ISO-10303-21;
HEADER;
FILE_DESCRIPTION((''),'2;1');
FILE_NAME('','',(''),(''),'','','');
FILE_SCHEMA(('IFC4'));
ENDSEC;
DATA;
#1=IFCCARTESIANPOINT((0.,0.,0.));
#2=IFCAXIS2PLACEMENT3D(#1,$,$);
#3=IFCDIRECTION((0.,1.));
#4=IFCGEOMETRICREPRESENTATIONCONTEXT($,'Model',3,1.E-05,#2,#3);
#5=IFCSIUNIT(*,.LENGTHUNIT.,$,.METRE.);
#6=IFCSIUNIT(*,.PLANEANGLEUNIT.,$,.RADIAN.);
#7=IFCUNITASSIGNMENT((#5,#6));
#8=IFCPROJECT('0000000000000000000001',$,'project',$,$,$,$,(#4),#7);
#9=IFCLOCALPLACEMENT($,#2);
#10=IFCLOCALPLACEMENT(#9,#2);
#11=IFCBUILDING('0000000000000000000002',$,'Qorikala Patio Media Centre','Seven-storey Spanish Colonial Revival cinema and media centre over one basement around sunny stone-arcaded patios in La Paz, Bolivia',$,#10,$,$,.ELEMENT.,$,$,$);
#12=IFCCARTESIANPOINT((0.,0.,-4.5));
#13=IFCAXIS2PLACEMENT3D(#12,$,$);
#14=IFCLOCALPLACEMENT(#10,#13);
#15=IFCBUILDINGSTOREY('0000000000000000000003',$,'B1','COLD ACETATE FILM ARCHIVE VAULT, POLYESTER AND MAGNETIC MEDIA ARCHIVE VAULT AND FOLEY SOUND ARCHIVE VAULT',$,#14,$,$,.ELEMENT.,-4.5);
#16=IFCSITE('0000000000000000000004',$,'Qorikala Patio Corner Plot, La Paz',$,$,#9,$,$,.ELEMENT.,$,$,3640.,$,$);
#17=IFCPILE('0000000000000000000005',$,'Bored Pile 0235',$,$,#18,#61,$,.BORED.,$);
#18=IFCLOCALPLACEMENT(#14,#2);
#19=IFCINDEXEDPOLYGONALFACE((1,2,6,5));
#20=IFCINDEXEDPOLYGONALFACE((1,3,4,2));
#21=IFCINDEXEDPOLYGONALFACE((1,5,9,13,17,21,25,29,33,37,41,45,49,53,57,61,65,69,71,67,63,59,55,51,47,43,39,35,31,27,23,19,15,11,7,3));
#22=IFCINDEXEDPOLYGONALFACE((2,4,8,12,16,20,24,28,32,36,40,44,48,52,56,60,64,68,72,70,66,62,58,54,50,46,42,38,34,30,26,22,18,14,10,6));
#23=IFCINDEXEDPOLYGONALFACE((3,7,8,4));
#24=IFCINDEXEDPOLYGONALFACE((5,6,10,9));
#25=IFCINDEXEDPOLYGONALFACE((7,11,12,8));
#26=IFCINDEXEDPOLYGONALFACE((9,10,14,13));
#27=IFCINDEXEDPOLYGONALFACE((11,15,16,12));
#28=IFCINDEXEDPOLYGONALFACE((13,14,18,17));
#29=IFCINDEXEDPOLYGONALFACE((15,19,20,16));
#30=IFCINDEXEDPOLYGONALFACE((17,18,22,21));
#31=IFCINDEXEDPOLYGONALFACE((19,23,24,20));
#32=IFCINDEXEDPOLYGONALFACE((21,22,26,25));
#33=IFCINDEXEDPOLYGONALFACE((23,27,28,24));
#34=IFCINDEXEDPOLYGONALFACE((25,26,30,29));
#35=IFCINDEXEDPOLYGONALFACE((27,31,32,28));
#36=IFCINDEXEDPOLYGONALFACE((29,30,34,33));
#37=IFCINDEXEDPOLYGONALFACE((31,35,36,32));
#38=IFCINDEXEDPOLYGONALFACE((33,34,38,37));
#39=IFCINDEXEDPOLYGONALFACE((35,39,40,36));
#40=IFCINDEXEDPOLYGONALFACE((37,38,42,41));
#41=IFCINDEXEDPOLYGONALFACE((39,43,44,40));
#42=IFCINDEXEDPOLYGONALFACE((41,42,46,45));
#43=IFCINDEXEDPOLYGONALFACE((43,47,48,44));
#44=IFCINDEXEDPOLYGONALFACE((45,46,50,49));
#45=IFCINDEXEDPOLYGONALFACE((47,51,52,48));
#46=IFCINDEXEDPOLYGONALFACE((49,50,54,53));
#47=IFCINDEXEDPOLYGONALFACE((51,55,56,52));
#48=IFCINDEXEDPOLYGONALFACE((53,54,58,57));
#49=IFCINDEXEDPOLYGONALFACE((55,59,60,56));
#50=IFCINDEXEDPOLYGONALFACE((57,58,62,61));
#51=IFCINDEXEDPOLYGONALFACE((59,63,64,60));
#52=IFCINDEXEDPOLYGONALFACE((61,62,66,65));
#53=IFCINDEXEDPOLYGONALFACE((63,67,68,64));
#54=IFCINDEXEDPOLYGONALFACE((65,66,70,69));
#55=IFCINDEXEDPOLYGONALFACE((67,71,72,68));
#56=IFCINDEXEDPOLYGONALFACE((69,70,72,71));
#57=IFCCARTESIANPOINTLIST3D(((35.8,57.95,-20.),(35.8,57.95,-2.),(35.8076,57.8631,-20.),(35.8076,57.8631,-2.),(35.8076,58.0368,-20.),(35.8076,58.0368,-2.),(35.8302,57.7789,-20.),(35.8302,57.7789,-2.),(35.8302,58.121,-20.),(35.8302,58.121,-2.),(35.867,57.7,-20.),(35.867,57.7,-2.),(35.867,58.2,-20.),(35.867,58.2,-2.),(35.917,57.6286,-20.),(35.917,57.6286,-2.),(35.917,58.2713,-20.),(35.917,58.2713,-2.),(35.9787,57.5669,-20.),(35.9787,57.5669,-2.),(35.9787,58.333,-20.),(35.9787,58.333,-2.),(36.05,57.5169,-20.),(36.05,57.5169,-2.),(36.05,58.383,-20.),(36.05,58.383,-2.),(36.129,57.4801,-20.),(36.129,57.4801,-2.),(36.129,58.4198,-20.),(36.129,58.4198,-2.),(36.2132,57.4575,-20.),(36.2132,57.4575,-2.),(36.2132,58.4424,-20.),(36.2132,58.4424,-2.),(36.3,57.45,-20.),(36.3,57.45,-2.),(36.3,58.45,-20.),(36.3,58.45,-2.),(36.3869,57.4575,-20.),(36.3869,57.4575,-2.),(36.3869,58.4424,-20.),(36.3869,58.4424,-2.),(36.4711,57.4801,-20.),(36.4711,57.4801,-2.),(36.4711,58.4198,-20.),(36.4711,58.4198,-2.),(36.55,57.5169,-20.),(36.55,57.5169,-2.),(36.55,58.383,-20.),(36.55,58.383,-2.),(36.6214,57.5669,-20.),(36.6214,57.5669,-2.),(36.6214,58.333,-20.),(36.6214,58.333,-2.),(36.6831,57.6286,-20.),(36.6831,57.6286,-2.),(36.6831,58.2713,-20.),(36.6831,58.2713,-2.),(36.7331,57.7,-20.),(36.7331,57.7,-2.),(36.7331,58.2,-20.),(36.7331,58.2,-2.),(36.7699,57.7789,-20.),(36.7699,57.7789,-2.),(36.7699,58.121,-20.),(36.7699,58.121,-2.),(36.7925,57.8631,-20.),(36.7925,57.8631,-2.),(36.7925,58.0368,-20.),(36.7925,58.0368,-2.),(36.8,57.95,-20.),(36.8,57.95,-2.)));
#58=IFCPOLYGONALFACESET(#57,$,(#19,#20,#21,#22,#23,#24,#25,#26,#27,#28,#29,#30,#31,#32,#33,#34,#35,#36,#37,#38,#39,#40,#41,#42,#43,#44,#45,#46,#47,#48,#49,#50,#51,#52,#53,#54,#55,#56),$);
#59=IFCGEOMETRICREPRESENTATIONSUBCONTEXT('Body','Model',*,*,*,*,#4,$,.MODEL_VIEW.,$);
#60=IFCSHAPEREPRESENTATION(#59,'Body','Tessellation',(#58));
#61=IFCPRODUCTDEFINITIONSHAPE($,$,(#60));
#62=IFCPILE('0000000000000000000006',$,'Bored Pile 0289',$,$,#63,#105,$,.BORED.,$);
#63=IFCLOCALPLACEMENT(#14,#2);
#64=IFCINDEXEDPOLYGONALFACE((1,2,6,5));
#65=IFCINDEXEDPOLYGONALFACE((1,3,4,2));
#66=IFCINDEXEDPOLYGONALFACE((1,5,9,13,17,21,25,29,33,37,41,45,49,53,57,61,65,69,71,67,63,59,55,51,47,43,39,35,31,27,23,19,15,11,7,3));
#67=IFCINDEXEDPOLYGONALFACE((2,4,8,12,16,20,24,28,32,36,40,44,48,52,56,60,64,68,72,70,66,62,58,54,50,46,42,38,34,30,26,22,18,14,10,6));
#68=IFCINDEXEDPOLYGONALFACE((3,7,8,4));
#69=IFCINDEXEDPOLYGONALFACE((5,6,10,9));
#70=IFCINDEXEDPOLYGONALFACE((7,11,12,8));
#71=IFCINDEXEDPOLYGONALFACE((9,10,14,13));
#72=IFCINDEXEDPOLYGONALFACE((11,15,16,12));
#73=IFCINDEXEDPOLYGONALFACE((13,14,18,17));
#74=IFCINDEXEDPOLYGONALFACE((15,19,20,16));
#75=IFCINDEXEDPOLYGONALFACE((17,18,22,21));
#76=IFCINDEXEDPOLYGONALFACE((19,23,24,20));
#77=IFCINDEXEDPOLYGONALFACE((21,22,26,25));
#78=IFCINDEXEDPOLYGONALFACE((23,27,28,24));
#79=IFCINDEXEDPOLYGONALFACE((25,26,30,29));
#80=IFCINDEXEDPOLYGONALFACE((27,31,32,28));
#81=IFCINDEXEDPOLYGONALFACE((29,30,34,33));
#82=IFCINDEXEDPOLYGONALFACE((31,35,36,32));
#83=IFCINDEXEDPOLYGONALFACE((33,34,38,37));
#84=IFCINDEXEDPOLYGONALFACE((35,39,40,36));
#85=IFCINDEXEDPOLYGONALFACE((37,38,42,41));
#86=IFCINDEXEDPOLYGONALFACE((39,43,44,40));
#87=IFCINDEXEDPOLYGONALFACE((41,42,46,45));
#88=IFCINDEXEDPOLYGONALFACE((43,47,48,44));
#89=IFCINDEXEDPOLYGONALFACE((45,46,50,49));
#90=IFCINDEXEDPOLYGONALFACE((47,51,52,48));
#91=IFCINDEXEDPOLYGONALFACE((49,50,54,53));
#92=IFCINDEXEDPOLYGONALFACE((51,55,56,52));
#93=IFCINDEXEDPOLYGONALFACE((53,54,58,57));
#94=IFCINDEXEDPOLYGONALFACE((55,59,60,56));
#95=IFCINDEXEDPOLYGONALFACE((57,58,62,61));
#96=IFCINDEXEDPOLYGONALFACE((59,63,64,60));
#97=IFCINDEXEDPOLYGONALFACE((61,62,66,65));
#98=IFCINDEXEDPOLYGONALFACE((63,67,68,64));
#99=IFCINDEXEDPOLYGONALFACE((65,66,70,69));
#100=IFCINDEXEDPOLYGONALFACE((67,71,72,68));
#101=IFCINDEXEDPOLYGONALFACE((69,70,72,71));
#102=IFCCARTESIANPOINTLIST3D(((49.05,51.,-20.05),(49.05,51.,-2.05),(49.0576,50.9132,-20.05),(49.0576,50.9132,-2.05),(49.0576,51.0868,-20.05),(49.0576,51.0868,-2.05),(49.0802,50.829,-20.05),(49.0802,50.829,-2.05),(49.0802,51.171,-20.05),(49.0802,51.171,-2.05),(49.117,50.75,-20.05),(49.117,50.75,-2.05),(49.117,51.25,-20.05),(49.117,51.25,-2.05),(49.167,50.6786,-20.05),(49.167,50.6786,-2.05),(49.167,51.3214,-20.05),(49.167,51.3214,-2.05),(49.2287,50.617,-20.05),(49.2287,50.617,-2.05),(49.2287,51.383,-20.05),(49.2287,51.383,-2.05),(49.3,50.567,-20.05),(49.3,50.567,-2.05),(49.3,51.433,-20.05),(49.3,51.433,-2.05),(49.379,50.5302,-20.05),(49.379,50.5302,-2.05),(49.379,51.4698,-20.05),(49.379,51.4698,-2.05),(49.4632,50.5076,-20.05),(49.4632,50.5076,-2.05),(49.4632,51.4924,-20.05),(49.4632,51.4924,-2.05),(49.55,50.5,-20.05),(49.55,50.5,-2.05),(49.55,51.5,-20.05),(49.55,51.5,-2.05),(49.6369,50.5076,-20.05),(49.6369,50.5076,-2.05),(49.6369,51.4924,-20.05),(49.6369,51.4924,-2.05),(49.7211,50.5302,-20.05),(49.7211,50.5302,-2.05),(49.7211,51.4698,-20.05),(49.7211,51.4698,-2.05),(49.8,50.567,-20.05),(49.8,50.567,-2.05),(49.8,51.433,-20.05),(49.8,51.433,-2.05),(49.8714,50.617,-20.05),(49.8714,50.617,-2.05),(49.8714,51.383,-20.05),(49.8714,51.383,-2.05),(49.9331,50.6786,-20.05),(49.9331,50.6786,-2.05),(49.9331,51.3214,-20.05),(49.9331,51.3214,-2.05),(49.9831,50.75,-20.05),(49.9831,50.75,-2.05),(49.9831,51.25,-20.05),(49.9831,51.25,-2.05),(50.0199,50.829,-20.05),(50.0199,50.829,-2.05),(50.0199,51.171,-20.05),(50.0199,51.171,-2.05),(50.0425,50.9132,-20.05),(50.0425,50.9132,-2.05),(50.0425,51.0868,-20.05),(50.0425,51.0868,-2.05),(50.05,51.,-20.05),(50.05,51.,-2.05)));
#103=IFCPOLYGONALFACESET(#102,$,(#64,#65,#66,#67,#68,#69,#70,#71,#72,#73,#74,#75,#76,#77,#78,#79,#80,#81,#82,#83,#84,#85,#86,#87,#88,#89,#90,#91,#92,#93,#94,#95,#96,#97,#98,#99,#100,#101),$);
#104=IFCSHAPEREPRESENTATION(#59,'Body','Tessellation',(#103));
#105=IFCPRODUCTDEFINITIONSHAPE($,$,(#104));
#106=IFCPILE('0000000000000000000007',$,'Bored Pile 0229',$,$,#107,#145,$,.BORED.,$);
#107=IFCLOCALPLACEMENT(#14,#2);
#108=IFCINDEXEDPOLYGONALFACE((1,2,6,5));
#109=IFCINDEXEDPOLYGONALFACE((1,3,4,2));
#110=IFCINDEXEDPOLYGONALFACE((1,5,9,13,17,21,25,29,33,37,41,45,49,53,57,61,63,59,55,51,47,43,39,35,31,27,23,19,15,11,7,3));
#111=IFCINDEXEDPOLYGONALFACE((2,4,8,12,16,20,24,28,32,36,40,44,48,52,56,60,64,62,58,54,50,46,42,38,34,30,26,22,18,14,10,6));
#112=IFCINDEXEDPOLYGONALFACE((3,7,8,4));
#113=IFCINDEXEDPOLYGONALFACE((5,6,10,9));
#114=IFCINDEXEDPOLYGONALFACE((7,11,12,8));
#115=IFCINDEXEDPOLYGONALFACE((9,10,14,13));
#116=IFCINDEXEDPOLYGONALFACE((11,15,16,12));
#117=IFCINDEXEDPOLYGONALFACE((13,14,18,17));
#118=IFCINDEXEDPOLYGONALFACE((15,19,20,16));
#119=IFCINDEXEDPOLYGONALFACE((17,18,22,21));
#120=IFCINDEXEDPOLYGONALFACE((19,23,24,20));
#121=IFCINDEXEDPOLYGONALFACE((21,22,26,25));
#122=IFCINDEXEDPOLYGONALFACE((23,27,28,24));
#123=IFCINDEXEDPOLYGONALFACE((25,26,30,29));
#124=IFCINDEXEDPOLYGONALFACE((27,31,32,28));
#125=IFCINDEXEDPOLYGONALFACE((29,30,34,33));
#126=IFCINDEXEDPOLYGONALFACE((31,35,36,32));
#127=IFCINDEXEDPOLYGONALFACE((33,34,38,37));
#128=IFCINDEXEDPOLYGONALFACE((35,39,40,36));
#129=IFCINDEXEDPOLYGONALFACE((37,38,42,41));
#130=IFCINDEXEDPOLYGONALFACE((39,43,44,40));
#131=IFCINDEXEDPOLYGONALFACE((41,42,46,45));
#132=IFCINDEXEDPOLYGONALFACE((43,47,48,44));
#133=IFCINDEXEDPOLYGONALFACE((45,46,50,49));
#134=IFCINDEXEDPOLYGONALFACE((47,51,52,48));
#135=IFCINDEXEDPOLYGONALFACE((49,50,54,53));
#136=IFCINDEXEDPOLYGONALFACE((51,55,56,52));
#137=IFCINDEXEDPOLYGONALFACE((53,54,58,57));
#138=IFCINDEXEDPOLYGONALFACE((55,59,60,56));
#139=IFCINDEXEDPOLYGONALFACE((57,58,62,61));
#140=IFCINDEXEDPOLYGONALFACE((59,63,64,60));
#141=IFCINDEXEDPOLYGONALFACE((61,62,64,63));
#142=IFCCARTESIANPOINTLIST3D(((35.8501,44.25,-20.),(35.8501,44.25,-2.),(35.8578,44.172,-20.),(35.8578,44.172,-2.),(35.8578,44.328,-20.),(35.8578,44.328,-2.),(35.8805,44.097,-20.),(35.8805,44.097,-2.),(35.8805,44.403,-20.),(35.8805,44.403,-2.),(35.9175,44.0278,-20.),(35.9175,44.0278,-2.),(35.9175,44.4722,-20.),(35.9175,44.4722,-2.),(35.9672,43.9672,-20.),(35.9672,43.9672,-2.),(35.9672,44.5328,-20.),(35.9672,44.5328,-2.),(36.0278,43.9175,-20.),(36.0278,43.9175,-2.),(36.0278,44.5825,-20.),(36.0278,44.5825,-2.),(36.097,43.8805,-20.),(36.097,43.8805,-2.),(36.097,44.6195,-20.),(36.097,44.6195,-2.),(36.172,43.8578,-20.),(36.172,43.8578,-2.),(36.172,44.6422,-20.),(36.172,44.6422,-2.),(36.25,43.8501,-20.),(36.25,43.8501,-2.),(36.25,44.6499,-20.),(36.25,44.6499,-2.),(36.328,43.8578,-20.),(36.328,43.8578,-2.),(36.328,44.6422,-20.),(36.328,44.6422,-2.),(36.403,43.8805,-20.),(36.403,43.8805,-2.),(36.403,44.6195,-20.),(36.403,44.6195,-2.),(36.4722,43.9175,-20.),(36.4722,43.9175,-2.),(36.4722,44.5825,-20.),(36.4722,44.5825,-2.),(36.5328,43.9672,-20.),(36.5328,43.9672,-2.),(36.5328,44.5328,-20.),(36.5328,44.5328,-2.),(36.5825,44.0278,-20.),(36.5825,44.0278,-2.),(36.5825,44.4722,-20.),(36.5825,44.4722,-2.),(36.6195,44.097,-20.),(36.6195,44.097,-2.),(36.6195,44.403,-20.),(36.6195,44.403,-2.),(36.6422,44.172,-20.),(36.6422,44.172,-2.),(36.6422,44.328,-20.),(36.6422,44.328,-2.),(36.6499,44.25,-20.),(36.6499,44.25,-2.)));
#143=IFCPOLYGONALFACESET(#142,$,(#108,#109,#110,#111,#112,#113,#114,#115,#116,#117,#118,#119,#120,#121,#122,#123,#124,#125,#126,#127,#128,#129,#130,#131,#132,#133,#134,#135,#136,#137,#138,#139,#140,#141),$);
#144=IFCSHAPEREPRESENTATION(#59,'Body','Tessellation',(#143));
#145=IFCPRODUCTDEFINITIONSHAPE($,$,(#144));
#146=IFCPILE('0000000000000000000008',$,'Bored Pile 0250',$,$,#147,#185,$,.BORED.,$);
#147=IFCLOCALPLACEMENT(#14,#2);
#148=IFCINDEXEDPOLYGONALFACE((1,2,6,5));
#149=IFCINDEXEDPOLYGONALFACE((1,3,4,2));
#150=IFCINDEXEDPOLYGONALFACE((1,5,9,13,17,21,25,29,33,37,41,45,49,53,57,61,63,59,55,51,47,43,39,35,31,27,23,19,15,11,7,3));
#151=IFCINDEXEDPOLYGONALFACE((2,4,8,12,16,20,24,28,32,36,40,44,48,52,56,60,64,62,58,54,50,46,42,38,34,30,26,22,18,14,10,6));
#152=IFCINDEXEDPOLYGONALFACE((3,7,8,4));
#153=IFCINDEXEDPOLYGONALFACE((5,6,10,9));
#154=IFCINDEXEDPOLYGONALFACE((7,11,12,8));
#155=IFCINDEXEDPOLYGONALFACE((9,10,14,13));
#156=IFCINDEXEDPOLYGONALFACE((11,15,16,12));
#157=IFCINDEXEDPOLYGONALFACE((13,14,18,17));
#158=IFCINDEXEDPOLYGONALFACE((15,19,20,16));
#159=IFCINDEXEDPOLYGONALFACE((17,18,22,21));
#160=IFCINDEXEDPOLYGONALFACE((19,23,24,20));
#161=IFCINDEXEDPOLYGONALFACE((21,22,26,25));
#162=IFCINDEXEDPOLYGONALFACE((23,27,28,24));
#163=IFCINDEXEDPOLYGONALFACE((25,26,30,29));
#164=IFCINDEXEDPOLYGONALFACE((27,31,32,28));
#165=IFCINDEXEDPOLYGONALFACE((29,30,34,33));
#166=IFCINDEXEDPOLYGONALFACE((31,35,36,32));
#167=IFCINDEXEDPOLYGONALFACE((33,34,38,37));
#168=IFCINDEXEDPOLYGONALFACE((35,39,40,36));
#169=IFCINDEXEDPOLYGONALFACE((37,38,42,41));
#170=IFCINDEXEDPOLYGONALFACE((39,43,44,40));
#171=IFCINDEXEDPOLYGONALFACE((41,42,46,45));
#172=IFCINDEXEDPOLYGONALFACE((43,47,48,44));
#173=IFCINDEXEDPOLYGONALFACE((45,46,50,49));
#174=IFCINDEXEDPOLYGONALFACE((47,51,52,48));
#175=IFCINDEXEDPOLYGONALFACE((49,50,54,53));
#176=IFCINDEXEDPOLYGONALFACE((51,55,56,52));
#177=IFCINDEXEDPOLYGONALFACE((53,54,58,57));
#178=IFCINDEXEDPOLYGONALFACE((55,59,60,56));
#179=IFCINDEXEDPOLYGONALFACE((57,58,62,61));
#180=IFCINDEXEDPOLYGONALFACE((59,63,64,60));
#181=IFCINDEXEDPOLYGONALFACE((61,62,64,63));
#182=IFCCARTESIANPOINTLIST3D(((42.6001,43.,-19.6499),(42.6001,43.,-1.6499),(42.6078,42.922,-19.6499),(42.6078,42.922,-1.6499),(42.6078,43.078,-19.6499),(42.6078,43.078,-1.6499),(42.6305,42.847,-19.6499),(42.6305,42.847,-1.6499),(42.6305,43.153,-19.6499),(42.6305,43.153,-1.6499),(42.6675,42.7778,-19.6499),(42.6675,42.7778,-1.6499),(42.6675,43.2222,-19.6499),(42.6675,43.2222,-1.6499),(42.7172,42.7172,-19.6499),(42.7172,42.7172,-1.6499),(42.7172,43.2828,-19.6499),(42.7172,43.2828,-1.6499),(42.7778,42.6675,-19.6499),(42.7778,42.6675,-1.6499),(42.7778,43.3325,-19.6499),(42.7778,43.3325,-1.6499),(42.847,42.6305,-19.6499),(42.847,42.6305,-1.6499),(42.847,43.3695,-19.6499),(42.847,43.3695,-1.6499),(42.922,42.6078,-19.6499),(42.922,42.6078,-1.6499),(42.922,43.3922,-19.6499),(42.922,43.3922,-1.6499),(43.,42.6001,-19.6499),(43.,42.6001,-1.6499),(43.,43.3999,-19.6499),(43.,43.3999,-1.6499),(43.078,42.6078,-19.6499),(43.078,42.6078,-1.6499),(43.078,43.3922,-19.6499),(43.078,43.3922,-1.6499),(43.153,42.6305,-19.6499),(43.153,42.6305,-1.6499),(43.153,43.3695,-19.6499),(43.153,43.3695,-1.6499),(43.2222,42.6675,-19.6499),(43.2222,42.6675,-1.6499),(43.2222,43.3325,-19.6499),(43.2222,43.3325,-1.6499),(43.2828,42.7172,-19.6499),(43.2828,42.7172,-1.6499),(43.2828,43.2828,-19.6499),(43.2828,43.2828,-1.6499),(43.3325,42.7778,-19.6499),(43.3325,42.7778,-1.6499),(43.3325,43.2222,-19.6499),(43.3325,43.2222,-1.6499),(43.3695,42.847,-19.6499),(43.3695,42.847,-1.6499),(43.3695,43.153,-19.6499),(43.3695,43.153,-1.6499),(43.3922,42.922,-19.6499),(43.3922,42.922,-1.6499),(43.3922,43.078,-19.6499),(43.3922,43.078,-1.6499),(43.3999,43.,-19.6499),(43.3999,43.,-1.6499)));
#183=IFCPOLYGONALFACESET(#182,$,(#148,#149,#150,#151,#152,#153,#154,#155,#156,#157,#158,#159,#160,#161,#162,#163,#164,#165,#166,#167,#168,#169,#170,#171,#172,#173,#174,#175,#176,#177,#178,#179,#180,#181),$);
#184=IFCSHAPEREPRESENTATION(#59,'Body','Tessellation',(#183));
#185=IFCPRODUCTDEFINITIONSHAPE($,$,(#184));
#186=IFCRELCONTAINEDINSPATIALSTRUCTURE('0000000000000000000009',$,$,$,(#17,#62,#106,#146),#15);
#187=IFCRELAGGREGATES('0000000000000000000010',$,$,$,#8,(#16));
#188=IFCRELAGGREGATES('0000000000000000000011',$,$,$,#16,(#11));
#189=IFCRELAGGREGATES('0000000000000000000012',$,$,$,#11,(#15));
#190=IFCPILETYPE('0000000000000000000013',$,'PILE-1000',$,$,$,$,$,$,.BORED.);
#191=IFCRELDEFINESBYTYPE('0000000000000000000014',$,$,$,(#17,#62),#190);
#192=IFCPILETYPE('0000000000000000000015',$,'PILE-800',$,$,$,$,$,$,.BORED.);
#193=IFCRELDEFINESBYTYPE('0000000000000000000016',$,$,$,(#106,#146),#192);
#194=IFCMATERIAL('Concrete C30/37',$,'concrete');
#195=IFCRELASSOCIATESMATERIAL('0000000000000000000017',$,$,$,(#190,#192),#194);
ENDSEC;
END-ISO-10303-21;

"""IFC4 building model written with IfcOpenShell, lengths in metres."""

from ifc_helpers import new_model, si_unit, direction, frame, origin, origin_2d, place, context, subcontext, project, spatial, circle, extrude, material, material_profile, profile_set, type_object, element, save


model = new_model("IFC4")

# Units and contexts
model_context = context("Model", 3, precision=1e-05, world=origin(), true_north=direction((0.0, 1.0)))
body_context = subcontext(model_context, "Body", "Model", "MODEL_VIEW")
ifc_project = project(units=[si_unit("LENGTHUNIT", "METRE"), si_unit("PLANEANGLEUNIT", "RADIAN")], contexts=[model_context])

# Site, building, storey
site_placement = place(None, origin())
site = spatial("IfcSite", under=ifc_project, at=site_placement, Name="Qorikala Patio Corner Plot, La Paz", CompositionType="ELEMENT", RefElevation=3640.0)
building_placement = place(site_placement, origin())
building = spatial("IfcBuilding", under=site, at=building_placement, Name="Qorikala Patio Media Centre", Description="Seven-storey Spanish Colonial Revival cinema and media centre over one basement around sunny stone-arcaded patios in La Paz, Bolivia", CompositionType="ELEMENT")
storey_placement = place(building_placement, frame((0.0, 0.0, -4.5)))
storey = spatial("IfcBuildingStorey", under=building, at=storey_placement, Name="B1", Description="COLD ACETATE FILM ARCHIVE VAULT, POLYESTER AND MAGNETIC MEDIA ARCHIVE VAULT AND FOLEY SOUND ARCHIVE VAULT", CompositionType="ELEMENT", Elevation=-4.5)

# Shared definitions
ifc_material_1 = material(Name="Concrete C30/37", Category="concrete")

# Piles
ifc_material_profile_1 = material_profile(ifc_material_1, circle(Radius=0.5, at=origin_2d()), Name="BORED PILE 1000")
ifc_profile_set_1 = profile_set([ifc_material_profile_1], Name="Concrete C30/37")
pile_type_1 = type_object("IfcPileType", Name="PILE-1000", PredefinedType="BORED", material=ifc_profile_set_1)
for number, where, z_axis, x_axis, name in (
    (1, (36.3, 57.95, -2.0), (0.0, 0.0, -1.0), (1.0, 0.0, 0.0), "Bored Pile 0235"),
    (2, (49.55, 51.0, -2.05), (0.0, 0.0, -1.0), (1.0, 0.0, 0.0), "Bored Pile 0289"),
):
    element("IfcPile", number, at=place(storey_placement, frame(where, z_axis=z_axis, x_axis=x_axis)), inside=storey, type_object=pile_type_1, Name=name, PredefinedType="BORED", context=body_context, shape_type="SweptSolid", body=[
        extrude(circle(Radius=0.5, at=origin_2d()), origin(), (0.0, 0.0, 1.0), 18.0),
    ])
ifc_material_profile_2 = material_profile(ifc_material_1, circle(Radius=0.3999, at=origin_2d()), Name="BORED PILE 800")
ifc_profile_set_2 = profile_set([ifc_material_profile_2], Name="Concrete C30/37")
pile_type_2 = type_object("IfcPileType", Name="PILE-800", PredefinedType="BORED", material=ifc_profile_set_2)
for number, where, z_axis, x_axis, name in (
    (3, (36.25, 44.25, -2.0), (0.0, 0.0, -1.0), (1.0, 0.0, 0.0), "Bored Pile 0229"),
    (4, (43.0, 43.0, -1.6499), (0.0, 0.0, -1.0), (1.0, 0.0, 0.0), "Bored Pile 0250"),
):
    element("IfcPile", number, at=place(storey_placement, frame(where, z_axis=z_axis, x_axis=x_axis)), inside=storey, type_object=pile_type_2, Name=name, PredefinedType="BORED", context=body_context, shape_type="SweptSolid", body=[
        extrude(circle(Radius=0.3999, at=origin_2d()), origin(), (0.0, 0.0, 1.0), 18.0),
    ])

save(model, "model.ifc")
